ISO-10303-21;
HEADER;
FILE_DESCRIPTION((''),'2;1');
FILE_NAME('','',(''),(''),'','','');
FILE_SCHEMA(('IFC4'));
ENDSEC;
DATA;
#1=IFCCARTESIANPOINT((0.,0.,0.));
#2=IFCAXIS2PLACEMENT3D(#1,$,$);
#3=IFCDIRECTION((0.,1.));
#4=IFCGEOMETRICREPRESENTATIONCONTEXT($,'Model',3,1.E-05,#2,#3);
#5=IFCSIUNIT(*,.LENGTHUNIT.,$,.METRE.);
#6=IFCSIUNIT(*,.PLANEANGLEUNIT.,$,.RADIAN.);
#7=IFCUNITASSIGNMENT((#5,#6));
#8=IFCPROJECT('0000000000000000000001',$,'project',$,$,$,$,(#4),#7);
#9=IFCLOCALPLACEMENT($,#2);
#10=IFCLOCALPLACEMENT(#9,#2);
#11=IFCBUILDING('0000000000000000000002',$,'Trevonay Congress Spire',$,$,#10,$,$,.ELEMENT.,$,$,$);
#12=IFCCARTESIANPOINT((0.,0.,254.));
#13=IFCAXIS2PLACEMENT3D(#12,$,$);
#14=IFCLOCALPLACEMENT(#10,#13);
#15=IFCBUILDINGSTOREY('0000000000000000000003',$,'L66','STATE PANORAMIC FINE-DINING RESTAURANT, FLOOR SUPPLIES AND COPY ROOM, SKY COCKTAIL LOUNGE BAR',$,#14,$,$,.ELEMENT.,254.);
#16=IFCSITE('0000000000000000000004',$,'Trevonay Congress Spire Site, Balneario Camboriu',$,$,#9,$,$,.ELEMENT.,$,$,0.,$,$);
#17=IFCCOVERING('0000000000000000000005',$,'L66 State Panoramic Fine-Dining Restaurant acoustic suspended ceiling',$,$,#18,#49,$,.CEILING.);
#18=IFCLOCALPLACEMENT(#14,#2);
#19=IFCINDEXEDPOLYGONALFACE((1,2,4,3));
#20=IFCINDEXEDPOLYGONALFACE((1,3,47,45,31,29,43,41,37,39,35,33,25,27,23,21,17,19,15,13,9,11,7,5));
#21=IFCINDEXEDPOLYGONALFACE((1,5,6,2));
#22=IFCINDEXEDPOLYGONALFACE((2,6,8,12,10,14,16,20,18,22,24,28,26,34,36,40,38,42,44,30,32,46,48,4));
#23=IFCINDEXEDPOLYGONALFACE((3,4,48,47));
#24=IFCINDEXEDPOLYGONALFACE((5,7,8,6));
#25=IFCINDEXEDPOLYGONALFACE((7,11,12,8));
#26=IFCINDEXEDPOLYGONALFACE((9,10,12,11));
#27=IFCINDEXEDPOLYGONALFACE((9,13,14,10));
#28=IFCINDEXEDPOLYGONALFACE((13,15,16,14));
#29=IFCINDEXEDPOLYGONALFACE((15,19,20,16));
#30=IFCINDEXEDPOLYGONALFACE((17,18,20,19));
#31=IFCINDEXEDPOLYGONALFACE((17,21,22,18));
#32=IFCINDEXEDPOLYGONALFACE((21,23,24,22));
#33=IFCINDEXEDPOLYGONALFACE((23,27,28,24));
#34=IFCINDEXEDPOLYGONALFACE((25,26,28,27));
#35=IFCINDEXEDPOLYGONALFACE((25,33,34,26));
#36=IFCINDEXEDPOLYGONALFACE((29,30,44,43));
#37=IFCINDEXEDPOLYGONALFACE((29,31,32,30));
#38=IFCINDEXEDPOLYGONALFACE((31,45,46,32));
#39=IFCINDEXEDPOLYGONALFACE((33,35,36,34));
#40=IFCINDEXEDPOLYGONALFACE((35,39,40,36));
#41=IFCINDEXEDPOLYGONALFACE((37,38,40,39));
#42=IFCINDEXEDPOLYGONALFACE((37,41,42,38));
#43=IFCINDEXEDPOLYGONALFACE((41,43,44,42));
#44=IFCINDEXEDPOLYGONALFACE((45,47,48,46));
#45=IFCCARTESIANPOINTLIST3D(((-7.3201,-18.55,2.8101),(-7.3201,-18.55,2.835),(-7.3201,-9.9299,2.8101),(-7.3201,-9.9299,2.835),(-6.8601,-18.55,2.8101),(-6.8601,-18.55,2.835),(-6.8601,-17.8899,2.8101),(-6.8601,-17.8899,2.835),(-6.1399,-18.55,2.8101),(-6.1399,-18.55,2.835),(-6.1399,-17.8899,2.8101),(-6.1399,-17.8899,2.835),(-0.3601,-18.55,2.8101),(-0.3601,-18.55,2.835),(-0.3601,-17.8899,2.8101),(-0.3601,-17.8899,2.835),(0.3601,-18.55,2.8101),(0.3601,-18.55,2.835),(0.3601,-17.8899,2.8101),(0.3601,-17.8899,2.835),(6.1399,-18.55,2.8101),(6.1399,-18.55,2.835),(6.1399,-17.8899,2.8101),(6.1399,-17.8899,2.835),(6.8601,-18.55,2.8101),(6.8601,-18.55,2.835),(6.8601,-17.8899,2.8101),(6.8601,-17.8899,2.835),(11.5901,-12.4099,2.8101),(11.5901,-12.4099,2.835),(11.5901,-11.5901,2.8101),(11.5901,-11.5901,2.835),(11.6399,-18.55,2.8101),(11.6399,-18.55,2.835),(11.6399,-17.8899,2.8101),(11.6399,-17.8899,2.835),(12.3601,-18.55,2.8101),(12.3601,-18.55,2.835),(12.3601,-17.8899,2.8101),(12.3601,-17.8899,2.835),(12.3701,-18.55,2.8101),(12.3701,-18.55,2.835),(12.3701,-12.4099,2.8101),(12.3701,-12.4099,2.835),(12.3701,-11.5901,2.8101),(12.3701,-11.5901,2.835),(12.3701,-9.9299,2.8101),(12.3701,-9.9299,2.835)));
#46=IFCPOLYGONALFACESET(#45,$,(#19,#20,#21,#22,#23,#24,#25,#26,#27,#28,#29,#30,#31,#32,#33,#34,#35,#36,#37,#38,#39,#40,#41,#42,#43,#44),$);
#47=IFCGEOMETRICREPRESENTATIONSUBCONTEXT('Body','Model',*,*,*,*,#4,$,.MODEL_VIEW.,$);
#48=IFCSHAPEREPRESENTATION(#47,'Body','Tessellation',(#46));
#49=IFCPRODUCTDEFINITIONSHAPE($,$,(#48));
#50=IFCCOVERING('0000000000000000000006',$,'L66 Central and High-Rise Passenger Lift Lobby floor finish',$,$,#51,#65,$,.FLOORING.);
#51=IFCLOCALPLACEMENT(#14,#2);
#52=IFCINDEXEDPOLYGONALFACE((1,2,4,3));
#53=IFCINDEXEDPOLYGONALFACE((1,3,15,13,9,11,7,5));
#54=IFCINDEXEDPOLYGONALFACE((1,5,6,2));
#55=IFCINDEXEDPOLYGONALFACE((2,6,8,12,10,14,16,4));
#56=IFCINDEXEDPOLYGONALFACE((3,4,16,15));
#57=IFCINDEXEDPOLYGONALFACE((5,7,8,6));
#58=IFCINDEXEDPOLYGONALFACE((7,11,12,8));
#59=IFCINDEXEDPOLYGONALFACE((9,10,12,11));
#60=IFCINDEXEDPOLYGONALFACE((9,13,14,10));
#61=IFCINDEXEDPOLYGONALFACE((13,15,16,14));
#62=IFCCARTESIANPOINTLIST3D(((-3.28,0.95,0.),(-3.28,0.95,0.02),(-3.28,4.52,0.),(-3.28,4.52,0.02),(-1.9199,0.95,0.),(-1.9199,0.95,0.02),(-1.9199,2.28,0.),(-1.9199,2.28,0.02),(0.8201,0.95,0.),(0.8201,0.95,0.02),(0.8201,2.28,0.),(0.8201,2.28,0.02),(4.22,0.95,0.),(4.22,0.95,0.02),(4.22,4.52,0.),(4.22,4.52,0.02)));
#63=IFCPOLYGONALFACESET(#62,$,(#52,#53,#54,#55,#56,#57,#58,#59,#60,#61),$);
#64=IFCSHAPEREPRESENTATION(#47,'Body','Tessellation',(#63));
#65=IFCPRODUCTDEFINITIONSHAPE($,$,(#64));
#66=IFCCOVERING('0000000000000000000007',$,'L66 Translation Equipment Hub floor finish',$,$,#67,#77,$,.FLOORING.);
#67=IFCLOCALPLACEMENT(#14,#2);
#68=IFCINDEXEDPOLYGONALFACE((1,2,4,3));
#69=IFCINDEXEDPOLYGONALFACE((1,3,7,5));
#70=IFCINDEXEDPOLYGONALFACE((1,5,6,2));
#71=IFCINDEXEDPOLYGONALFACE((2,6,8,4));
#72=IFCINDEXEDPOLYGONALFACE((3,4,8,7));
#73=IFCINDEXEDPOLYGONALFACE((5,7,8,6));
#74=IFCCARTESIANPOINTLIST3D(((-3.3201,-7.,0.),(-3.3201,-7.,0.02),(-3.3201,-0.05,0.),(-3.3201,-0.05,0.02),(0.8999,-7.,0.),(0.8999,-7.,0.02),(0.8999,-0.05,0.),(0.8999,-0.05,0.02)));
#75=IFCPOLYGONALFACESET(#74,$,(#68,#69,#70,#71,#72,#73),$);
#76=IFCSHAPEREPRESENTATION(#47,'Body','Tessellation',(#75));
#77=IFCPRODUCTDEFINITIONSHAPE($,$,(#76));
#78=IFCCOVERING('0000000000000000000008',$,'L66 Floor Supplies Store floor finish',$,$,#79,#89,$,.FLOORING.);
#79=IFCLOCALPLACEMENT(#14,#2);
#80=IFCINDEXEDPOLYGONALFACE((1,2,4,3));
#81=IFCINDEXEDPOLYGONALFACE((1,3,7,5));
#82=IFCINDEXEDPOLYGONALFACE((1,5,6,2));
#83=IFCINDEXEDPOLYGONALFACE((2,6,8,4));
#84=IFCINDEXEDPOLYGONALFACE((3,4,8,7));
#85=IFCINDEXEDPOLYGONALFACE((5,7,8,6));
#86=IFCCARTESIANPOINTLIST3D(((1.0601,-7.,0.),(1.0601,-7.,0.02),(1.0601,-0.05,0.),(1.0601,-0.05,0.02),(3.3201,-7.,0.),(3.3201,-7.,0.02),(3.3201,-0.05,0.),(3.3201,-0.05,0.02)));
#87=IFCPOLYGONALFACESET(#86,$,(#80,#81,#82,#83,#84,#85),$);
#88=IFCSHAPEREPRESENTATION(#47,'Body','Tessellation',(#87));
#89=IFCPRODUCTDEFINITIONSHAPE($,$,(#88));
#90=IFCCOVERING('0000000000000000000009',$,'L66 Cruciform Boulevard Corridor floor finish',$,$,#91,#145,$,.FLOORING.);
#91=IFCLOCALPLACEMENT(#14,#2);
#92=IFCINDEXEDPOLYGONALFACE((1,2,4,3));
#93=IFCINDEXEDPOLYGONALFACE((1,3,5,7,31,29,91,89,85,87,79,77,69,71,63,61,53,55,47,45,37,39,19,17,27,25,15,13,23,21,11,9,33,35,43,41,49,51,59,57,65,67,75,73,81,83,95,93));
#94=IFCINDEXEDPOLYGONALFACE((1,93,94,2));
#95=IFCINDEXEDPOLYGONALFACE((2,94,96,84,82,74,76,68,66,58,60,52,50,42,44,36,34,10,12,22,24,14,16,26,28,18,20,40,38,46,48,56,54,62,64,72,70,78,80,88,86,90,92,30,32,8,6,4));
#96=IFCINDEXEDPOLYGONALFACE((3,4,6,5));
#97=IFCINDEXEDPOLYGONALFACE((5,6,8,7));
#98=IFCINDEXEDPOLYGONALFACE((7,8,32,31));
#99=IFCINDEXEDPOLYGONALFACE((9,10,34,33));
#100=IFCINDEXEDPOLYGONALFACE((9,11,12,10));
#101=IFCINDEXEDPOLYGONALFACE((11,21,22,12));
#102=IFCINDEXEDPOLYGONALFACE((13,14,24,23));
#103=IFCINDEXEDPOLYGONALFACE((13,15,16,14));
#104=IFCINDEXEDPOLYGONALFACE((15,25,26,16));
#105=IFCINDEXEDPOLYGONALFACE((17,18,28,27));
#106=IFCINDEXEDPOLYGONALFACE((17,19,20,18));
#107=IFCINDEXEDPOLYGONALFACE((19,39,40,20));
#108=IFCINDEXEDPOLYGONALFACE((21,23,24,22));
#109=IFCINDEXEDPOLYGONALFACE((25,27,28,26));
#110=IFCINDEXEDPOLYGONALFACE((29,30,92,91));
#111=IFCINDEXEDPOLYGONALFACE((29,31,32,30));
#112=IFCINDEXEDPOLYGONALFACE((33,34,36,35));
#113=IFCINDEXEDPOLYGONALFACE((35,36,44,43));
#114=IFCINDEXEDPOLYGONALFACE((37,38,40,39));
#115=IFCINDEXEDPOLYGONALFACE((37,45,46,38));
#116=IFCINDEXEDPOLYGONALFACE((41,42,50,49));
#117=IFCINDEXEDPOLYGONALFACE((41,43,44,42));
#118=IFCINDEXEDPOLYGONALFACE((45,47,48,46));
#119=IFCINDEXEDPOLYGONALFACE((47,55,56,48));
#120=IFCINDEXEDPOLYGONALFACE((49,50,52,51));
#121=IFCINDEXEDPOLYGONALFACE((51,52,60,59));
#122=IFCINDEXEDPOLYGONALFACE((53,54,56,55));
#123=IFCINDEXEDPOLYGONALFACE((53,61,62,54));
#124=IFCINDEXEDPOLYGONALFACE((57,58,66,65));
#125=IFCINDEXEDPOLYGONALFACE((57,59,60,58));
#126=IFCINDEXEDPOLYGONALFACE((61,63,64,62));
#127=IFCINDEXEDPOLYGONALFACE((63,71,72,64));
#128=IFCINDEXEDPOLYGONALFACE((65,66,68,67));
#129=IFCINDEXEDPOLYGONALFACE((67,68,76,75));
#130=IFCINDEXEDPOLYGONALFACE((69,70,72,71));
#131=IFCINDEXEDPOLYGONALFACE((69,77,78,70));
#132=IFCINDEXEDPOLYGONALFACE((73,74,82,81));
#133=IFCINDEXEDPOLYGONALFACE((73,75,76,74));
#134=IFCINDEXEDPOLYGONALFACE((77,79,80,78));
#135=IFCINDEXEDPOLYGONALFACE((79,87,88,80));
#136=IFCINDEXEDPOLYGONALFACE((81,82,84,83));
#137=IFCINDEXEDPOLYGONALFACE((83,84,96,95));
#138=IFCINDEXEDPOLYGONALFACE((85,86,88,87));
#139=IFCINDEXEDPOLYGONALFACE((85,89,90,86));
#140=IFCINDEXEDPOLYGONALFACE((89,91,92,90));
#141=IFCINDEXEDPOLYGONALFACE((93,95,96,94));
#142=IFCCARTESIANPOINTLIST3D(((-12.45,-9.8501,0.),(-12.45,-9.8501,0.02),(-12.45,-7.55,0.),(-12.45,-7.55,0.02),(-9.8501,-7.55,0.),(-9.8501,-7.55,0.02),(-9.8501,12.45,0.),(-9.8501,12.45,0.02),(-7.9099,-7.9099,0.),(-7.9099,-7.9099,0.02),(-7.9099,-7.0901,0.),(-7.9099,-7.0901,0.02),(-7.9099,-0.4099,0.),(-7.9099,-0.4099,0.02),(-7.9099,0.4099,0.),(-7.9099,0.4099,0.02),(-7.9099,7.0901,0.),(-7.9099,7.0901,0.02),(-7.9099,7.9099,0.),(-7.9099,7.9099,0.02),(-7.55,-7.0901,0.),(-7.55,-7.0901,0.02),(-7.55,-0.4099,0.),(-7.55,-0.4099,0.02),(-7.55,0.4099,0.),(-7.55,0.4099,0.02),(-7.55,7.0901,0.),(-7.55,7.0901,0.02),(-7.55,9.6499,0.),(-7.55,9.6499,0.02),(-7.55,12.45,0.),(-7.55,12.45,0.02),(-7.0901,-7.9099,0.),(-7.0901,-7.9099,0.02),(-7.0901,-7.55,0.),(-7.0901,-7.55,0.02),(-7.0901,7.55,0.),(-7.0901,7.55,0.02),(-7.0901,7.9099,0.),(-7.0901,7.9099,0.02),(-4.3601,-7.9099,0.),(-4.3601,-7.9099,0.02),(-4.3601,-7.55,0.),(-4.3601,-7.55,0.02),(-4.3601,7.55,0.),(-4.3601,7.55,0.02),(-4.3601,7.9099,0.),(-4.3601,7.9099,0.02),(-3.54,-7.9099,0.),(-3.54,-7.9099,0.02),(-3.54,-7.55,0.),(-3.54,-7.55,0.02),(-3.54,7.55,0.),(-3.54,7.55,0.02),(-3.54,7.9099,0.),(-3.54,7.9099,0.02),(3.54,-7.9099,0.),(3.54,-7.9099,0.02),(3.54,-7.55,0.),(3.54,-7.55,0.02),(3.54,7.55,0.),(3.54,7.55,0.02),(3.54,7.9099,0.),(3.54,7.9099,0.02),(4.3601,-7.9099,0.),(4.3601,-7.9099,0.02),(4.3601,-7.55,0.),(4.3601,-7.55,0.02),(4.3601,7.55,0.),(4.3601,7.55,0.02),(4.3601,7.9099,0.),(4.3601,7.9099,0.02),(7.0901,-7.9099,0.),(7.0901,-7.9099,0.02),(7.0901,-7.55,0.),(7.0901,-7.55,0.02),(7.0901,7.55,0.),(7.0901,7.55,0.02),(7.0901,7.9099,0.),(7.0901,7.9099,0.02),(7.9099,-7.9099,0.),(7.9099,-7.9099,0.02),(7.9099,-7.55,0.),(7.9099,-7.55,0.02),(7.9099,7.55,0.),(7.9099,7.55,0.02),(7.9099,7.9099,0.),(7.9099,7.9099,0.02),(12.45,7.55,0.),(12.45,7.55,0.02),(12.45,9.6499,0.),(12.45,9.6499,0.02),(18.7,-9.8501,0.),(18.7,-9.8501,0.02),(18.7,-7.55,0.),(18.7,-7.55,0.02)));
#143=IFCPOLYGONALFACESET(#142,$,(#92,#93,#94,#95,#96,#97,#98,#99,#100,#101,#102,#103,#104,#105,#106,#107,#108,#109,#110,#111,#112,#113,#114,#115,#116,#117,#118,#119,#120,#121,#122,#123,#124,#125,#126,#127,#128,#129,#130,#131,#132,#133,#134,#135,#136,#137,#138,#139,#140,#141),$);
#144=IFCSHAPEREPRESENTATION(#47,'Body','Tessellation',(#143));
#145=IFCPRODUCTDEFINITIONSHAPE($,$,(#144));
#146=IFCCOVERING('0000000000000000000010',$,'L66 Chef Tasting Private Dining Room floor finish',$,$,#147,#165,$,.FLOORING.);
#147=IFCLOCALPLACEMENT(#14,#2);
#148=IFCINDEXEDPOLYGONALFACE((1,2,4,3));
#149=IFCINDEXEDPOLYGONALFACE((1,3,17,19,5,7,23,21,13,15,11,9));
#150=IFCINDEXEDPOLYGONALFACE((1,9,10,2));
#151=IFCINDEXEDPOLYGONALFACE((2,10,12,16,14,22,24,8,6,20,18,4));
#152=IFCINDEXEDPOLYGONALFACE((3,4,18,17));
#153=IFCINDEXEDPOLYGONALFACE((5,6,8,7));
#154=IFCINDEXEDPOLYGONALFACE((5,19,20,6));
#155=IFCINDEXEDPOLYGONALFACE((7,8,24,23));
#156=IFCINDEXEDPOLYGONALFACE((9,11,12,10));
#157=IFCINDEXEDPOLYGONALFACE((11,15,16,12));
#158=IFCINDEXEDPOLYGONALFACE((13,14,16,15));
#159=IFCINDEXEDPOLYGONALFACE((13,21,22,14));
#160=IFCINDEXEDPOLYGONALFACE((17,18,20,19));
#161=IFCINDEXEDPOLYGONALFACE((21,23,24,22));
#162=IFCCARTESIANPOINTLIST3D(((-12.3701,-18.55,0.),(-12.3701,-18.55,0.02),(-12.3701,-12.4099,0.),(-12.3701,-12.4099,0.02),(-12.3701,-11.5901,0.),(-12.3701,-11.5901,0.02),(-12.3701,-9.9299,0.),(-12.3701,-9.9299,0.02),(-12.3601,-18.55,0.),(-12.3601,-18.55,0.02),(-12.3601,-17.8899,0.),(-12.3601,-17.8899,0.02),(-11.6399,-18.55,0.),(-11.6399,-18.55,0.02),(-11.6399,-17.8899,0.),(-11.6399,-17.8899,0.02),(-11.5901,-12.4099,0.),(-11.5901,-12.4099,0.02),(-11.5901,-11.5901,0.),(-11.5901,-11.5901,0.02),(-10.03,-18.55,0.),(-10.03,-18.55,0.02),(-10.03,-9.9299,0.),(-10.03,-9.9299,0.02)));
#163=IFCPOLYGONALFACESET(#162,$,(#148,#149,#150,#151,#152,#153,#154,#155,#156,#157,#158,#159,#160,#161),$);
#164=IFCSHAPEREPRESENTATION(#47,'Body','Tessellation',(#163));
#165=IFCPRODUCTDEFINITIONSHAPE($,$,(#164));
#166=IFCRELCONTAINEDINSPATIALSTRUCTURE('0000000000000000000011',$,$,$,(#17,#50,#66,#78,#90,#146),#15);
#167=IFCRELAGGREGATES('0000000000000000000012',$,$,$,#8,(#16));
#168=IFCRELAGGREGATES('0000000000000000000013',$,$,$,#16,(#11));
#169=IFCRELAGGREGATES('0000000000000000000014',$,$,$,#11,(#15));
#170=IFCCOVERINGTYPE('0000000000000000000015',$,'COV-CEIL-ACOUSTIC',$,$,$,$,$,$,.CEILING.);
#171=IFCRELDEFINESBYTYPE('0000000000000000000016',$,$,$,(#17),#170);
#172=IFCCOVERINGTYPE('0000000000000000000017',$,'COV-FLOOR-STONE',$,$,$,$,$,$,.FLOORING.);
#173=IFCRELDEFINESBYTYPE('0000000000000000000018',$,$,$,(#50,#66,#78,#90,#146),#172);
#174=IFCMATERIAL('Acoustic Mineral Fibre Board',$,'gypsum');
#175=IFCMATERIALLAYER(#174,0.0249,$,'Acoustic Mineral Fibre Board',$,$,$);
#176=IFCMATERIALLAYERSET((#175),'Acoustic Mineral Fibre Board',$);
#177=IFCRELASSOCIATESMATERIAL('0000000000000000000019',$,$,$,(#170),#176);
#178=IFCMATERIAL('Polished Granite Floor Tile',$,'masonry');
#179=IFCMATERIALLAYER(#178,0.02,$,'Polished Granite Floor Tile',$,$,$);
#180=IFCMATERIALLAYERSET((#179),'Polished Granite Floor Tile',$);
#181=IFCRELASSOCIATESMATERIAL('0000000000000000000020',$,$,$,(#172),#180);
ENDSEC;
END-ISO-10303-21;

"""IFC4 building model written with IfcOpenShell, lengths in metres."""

from ifc_helpers import new_model, si_unit, direction, frame, origin, place, context, subcontext, project, spatial, polyline, outline, extrude, material, layer, layer_set, type_object, element, save


model = new_model("IFC4")

# Units and contexts
model_context = context("Model", 3, precision=1e-05, world=origin(), true_north=direction((0.0, 1.0)))
body_context = subcontext(model_context, "Body", "Model", "MODEL_VIEW")
ifc_project = project(units=[si_unit("LENGTHUNIT", "METRE"), si_unit("PLANEANGLEUNIT", "RADIAN")], contexts=[model_context])

# Site, building, storey
site_placement = place(None, origin())
site = spatial("IfcSite", under=ifc_project, at=site_placement, Name="Trevonay Congress Spire Site, Balneario Camboriu", CompositionType="ELEMENT", RefElevation=0.0)
building_placement = place(site_placement, origin())
building = spatial("IfcBuilding", under=site, at=building_placement, Name="Trevonay Congress Spire", CompositionType="ELEMENT")
storey_placement = place(building_placement, frame((0.0, 0.0, 254.0)))
storey = spatial("IfcBuildingStorey", under=building, at=storey_placement, Name="L66", Description="STATE PANORAMIC FINE-DINING RESTAURANT, FLOOR SUPPLIES AND COPY ROOM, SKY COCKTAIL LOUNGE BAR", CompositionType="ELEMENT", Elevation=254.0)

# Coverings
ifc_material_1 = material(Name="Acoustic Mineral Fibre Board", Category="gypsum")
ifc_layer_1 = layer(ifc_material_1, 0.0249, Name="Acoustic Mineral Fibre Board")
ifc_layer_set_1 = layer_set([ifc_layer_1], Name="Acoustic Mineral Fibre Board")
covering_type_1 = type_object("IfcCoveringType", Name="COV-CEIL-ACOUSTIC", PredefinedType="CEILING", material=ifc_layer_set_1)
covering_1_placement = place(storey_placement, frame((0.0, 0.0, 2.8101)))
element("IfcCovering", 1, at=covering_1_placement, inside=storey, type_object=covering_type_1, Name="L66 State Panoramic Fine-Dining Restaurant acoustic suspended ceiling", PredefinedType="CEILING", context=body_context, shape_type="SweptSolid", body=[
    extrude(outline(polyline([(-7.3201, -18.55), (-7.3201, -9.9299), (12.3701, -9.9299), (12.3701, -11.5901), (11.5901, -11.5901), (11.5901, -12.4099), (12.3701, -12.4099), (12.3701, -18.55), (12.3601, -18.55), (12.3601, -17.8899), (11.6399, -17.8899), (11.6399, -18.55), (6.8601, -18.55), (6.8601, -17.8899), (6.1399, -17.8899), (6.1399, -18.55), (0.3601, -18.55), (0.3601, -17.8899), (-0.3601, -17.8899), (-0.3601, -18.55), (-6.1399, -18.55), (-6.1399, -17.8899), (-6.8601, -17.8899), (-6.8601, -18.55), (-7.3201, -18.55)])), origin(), (0.0, 0.0, 1.0), 0.0249),
])
ifc_material_2 = material(Name="Polished Granite Floor Tile", Category="masonry")
ifc_layer_2 = layer(ifc_material_2, 0.02, Name="Polished Granite Floor Tile")
ifc_layer_set_2 = layer_set([ifc_layer_2], Name="Polished Granite Floor Tile")
covering_type_2 = type_object("IfcCoveringType", Name="COV-FLOOR-STONE", PredefinedType="FLOORING", material=ifc_layer_set_2)
covering_2_placement = place(storey_placement, origin())
element("IfcCovering", 2, at=covering_2_placement, inside=storey, type_object=covering_type_2, Name="L66 Central and High-Rise Passenger Lift Lobby floor finish", PredefinedType="FLOORING", context=body_context, shape_type="SweptSolid", body=[
    extrude(outline(polyline([(-3.28, 0.95), (-1.9199, 0.95), (-1.9199, 2.28), (0.8201, 2.28), (0.8201, 0.95), (4.22, 0.95), (4.22, 4.52), (-3.28, 4.52), (-3.28, 0.95)])), origin(), (0.0, 0.0, 1.0), 0.02),
])
covering_3_placement = place(storey_placement, origin())
element("IfcCovering", 3, at=covering_3_placement, inside=storey, type_object=covering_type_2, Name="L66 Translation Equipment Hub floor finish", PredefinedType="FLOORING", context=body_context, shape_type="SweptSolid", body=[
    extrude(outline(polyline([(-3.3201, -7.0), (0.8999, -7.0), (0.8999, -0.05), (-3.3201, -0.05), (-3.3201, -7.0)])), origin(), (0.0, 0.0, 1.0), 0.02),
])
covering_4_placement = place(storey_placement, origin())
element("IfcCovering", 4, at=covering_4_placement, inside=storey, type_object=covering_type_2, Name="L66 Floor Supplies Store floor finish", PredefinedType="FLOORING", context=body_context, shape_type="SweptSolid", body=[
    extrude(outline(polyline([(1.0601, -7.0), (3.3201, -7.0), (3.3201, -0.05), (1.0601, -0.05), (1.0601, -7.0)])), origin(), (0.0, 0.0, 1.0), 0.02),
])
covering_5_placement = place(storey_placement, origin())
element("IfcCovering", 5, at=covering_5_placement, inside=storey, type_object=covering_type_2, Name="L66 Cruciform Boulevard Corridor floor finish", PredefinedType="FLOORING", context=body_context, shape_type="SweptSolid", body=[
    extrude(outline(polyline([(18.7, -7.55), (18.7, -9.8501), (-12.45, -9.8501), (-12.45, -7.55), (-9.8501, -7.55), (-9.8501, 12.45), (-7.55, 12.45), (-7.55, 9.6499), (12.45, 9.6499), (12.45, 7.55), (7.9099, 7.55), (7.9099, 7.9099), (7.0901, 7.9099), (7.0901, 7.55), (4.3601, 7.55), (4.3601, 7.9099), (3.54, 7.9099), (3.54, 7.55), (-3.54, 7.55), (-3.54, 7.9099), (-4.3601, 7.9099), (-4.3601, 7.55), (-7.0901, 7.55), (-7.0901, 7.9099), (-7.9099, 7.9099), (-7.9099, 7.0901), (-7.55, 7.0901), (-7.55, 0.4099), (-7.9099, 0.4099), (-7.9099, -0.4099), (-7.55, -0.4099), (-7.55, -7.0901), (-7.9099, -7.0901), (-7.9099, -7.9099), (-7.0901, -7.9099), (-7.0901, -7.55), (-4.3601, -7.55), (-4.3601, -7.9099), (-3.54, -7.9099), (-3.54, -7.55), (3.54, -7.55), (3.54, -7.9099), (4.3601, -7.9099), (4.3601, -7.55), (7.0901, -7.55), (7.0901, -7.9099), (7.9099, -7.9099), (7.9099, -7.55), (18.7, -7.55)])), origin(), (0.0, 0.0, 1.0), 0.02),
])
covering_6_placement = place(storey_placement, origin())
element("IfcCovering", 6, at=covering_6_placement, inside=storey, type_object=covering_type_2, Name="L66 Chef Tasting Private Dining Room floor finish", PredefinedType="FLOORING", context=body_context, shape_type="SweptSolid", body=[
    extrude(outline(polyline([(-12.3701, -18.55), (-12.3701, -12.4099), (-11.5901, -12.4099), (-11.5901, -11.5901), (-12.3701, -11.5901), (-12.3701, -9.9299), (-10.03, -9.9299), (-10.03, -18.55), (-11.6399, -18.55), (-11.6399, -17.8899), (-12.3601, -17.8899), (-12.3601, -18.55), (-12.3701, -18.55)])), origin(), (0.0, 0.0, 1.0), 0.02),
])

save(model, "model.ifc")
